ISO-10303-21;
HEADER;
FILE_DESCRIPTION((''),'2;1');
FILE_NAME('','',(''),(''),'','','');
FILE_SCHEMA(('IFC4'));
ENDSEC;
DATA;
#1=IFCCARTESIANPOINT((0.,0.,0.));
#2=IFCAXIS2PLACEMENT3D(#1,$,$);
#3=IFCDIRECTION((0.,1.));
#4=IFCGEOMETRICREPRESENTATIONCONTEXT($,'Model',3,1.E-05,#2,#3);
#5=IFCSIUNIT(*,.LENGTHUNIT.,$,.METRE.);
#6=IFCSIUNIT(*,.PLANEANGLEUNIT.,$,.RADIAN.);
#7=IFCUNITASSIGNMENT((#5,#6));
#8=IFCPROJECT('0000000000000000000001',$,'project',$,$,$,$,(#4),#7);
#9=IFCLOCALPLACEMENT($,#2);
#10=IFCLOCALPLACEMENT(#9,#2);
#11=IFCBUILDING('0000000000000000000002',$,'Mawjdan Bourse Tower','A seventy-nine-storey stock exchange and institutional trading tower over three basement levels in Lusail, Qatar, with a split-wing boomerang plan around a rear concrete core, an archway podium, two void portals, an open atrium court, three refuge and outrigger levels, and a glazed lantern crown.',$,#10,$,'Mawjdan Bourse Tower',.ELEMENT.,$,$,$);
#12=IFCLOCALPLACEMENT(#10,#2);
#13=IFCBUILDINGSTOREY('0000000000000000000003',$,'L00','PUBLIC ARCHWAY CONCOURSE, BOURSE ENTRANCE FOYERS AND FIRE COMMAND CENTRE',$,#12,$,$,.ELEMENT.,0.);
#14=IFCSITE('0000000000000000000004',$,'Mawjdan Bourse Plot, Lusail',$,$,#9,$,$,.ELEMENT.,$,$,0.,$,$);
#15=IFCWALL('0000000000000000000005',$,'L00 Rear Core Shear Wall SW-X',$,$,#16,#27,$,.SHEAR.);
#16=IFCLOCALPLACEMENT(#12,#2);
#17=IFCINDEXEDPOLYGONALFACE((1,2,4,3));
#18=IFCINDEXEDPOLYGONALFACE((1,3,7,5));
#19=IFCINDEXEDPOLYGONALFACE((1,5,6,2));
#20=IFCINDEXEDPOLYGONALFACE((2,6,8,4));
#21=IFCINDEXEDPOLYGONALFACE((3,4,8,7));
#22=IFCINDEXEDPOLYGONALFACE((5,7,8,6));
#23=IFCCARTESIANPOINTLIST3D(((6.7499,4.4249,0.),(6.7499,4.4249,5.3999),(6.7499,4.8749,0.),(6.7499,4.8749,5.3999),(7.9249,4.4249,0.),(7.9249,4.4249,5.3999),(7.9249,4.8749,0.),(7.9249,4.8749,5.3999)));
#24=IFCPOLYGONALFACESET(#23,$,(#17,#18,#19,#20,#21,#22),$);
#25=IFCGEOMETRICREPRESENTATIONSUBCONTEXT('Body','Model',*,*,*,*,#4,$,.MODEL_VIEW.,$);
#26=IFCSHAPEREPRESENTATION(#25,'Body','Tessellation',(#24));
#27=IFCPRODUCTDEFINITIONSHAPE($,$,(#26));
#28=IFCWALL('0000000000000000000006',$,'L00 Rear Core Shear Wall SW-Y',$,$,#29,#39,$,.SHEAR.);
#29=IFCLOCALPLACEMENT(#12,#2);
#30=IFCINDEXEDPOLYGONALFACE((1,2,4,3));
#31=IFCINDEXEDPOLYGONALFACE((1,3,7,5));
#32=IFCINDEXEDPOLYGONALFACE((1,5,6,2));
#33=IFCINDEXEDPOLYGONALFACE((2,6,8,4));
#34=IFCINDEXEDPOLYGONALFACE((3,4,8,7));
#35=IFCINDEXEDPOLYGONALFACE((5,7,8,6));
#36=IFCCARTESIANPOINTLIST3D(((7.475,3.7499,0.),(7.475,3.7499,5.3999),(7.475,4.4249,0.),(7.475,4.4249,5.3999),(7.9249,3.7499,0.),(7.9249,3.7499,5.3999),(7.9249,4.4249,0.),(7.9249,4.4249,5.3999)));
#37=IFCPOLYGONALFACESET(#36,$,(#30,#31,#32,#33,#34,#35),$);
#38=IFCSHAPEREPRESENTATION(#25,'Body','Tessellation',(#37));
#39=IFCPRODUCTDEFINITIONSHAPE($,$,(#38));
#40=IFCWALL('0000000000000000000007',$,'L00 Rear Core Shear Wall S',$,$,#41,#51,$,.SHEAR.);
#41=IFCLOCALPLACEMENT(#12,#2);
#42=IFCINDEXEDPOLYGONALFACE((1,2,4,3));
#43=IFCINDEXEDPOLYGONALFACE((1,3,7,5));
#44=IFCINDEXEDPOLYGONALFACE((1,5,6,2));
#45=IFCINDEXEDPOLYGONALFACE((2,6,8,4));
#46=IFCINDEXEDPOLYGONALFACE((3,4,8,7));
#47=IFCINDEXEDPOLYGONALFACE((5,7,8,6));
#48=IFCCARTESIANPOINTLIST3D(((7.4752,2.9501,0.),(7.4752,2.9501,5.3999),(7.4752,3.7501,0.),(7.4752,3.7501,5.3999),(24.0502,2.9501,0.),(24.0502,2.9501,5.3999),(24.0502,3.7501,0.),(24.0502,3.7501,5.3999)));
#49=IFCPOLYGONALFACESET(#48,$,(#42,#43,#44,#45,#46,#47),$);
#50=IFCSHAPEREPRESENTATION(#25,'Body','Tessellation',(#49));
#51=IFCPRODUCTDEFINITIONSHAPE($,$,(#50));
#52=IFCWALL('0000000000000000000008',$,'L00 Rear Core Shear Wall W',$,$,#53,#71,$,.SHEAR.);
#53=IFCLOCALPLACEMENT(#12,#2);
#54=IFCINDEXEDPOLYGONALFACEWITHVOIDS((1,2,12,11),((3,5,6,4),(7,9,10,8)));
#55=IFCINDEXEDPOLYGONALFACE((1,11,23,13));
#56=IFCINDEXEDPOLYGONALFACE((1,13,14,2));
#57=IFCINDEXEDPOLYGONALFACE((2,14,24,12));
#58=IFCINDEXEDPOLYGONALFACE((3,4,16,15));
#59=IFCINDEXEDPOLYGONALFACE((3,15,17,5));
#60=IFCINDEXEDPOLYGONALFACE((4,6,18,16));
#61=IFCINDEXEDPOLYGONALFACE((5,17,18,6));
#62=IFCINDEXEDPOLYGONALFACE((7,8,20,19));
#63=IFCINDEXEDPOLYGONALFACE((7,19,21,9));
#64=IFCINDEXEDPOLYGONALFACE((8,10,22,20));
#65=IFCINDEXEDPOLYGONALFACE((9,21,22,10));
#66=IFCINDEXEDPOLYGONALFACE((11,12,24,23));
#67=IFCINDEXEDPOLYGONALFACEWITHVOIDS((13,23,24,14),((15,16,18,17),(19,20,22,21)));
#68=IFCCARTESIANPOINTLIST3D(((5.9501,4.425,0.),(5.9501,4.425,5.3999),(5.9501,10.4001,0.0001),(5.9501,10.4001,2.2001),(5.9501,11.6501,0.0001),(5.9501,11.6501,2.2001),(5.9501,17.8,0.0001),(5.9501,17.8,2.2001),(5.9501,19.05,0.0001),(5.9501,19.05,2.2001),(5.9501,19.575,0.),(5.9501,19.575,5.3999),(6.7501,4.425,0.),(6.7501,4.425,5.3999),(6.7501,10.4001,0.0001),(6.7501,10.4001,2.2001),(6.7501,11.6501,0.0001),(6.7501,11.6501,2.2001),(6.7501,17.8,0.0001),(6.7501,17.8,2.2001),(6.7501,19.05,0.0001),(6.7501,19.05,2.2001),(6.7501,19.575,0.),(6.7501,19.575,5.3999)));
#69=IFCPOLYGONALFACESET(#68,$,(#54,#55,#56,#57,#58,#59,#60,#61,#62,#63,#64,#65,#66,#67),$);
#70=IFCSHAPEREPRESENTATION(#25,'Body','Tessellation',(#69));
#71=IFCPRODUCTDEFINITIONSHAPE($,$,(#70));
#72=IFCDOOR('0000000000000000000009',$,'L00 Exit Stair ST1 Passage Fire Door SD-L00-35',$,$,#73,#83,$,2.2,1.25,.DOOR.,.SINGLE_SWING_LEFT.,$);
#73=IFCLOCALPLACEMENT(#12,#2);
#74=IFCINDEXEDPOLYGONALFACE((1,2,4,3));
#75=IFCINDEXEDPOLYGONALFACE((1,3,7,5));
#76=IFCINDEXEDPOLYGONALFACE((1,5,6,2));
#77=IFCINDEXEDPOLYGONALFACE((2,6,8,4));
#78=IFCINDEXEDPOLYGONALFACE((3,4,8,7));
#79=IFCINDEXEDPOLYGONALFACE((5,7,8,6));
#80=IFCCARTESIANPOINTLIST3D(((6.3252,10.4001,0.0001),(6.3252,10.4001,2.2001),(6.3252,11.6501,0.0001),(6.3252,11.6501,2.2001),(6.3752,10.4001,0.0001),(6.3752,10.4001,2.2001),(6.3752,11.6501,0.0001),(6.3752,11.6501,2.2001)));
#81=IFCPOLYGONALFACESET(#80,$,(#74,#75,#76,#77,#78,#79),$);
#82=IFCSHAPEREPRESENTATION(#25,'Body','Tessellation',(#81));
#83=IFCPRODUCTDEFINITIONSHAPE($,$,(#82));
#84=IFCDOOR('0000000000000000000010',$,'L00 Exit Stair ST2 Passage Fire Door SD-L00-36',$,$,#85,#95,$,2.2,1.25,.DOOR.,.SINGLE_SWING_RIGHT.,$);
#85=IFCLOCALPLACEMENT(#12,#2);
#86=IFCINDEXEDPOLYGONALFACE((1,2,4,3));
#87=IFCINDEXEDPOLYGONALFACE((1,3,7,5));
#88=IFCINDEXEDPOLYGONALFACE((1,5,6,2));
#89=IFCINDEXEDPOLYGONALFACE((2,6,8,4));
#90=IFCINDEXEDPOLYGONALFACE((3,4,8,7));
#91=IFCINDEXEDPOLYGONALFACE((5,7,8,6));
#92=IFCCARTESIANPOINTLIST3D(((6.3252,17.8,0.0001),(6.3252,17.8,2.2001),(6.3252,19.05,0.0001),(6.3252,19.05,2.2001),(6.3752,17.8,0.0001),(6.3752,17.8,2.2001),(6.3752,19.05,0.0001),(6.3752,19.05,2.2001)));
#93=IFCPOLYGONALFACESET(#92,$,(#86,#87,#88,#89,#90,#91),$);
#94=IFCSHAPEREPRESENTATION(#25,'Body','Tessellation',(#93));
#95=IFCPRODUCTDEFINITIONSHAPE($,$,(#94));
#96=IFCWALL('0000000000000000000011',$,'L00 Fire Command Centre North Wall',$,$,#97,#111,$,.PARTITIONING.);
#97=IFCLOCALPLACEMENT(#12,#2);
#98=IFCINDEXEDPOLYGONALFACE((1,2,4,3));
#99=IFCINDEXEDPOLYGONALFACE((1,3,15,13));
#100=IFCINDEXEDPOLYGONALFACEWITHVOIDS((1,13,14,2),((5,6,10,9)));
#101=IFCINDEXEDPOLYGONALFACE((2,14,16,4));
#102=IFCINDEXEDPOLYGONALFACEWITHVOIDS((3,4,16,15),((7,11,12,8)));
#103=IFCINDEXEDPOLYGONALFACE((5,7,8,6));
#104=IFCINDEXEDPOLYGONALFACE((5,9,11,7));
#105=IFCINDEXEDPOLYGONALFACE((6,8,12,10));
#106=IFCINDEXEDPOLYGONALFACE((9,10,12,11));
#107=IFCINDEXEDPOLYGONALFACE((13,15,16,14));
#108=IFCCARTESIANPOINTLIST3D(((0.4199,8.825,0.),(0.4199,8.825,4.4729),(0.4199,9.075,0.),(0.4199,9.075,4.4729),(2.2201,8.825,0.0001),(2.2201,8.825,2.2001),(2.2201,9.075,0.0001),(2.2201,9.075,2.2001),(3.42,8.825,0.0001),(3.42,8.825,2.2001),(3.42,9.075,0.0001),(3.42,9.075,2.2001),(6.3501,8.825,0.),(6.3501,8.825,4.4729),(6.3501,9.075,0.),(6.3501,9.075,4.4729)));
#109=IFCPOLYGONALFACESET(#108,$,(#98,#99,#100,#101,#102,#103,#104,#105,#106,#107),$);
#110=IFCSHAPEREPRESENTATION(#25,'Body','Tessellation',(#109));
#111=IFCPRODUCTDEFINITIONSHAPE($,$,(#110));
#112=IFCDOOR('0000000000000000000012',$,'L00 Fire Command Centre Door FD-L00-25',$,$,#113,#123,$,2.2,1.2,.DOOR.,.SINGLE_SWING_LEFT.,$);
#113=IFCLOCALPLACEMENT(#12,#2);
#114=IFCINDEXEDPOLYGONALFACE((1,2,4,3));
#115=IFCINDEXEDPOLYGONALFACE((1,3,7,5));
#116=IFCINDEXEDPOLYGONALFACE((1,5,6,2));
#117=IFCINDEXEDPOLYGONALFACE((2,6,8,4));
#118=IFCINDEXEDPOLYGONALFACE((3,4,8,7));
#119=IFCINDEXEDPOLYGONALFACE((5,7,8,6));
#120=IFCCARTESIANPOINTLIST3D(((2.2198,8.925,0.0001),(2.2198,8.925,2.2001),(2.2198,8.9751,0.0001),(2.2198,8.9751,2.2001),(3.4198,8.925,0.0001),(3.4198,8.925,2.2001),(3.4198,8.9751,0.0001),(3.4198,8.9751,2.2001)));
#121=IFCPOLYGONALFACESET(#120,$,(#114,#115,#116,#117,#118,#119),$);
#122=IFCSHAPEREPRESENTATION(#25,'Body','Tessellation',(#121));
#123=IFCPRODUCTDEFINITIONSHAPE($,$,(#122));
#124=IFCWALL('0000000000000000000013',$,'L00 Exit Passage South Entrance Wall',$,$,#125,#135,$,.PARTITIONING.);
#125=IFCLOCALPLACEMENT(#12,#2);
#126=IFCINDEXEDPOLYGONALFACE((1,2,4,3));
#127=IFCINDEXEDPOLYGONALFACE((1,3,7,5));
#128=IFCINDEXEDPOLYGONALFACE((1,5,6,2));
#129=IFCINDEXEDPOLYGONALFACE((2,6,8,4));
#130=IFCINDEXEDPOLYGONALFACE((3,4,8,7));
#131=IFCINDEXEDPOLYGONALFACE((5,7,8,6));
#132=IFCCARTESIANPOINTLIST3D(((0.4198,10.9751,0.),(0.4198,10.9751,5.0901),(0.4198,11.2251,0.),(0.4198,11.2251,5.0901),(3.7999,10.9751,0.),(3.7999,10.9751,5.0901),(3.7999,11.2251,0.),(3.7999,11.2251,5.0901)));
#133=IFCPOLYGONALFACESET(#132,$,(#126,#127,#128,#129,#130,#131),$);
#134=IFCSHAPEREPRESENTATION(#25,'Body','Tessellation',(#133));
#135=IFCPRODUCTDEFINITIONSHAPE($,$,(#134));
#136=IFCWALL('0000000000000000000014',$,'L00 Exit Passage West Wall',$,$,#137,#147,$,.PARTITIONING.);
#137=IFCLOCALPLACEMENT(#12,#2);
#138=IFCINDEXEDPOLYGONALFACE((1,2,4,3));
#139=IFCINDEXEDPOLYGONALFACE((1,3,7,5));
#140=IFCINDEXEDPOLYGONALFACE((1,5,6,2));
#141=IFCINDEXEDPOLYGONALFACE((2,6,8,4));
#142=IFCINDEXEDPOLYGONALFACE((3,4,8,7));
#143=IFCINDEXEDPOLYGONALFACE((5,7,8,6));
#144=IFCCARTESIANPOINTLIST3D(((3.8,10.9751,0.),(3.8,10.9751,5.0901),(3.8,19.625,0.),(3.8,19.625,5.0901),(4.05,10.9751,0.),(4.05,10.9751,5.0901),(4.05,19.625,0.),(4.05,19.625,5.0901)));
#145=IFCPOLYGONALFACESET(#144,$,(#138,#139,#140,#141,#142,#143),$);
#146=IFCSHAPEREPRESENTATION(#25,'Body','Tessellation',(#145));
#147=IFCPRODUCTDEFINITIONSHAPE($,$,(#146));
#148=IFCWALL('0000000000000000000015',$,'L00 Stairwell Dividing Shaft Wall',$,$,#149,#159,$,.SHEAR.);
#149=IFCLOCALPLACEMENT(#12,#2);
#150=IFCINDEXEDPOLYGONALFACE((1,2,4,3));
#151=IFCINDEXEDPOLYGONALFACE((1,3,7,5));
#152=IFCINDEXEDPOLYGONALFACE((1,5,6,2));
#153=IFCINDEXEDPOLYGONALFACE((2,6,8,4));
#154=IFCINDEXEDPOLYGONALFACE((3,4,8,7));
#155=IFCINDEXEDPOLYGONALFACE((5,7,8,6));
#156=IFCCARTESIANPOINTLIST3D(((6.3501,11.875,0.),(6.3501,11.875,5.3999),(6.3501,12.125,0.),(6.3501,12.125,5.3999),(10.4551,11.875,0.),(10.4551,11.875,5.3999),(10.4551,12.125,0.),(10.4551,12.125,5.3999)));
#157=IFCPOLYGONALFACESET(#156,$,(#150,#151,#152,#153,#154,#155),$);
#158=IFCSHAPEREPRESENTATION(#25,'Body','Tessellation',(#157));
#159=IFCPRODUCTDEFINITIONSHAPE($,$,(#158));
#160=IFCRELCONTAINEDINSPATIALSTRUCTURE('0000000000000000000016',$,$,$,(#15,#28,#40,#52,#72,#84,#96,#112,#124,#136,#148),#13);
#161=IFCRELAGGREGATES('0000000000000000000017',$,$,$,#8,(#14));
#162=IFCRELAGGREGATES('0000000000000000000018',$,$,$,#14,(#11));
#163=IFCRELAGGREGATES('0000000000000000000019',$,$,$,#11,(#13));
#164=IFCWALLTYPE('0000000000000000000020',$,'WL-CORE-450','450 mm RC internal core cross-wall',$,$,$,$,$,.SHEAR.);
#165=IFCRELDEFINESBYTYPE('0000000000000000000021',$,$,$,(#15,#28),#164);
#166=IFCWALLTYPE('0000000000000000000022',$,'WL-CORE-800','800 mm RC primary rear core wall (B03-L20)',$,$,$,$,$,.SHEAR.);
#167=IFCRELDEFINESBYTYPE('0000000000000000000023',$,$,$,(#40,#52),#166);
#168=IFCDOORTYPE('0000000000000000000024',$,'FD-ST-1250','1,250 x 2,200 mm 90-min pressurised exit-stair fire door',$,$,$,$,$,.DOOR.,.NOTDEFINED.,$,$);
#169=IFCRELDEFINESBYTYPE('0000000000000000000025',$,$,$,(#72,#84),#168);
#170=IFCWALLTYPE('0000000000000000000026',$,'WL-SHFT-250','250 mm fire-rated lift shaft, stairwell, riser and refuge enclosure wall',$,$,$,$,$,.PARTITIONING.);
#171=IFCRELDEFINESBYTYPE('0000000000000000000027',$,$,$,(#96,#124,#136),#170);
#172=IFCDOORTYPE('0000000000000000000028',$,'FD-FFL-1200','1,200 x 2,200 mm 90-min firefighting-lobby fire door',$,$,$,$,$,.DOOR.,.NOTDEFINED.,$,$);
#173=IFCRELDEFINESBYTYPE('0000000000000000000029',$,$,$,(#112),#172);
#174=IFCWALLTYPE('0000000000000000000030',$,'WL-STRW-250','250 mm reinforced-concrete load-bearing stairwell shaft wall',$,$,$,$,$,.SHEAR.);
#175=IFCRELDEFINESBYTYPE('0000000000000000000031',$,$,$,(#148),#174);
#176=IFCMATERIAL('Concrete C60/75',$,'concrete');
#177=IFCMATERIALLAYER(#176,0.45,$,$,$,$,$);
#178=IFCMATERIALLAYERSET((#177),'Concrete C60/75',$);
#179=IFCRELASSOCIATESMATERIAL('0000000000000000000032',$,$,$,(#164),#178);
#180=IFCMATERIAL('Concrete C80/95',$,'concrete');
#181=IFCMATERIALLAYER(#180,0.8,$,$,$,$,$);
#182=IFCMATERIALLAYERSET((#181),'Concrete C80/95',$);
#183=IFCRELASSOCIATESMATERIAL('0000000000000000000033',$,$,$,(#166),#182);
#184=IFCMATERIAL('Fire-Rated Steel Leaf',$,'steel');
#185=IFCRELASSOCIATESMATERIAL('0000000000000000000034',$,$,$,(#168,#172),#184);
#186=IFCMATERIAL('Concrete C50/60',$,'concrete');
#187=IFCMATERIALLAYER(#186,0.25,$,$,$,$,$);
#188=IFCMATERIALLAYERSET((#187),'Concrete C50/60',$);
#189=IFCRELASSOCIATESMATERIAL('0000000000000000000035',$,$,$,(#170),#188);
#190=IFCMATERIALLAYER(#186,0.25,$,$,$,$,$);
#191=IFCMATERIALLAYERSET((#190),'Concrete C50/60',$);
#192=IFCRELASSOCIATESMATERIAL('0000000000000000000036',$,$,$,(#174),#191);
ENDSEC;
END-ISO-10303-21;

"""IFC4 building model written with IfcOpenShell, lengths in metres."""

from ifc_helpers import new_model, si_unit, direction, frame, frame_2d, origin, place, context, subcontext, project, spatial, rectangle, extrude, material, layer, layer_set, type_object, element, fill, save


model = new_model("IFC4")

# Units and contexts
model_context = context("Model", 3, precision=1e-05, world=origin(), true_north=direction((0.0, 1.0)))
body_context = subcontext(model_context, "Body", "Model", "MODEL_VIEW")
ifc_project = project(units=[si_unit("LENGTHUNIT", "METRE"), si_unit("PLANEANGLEUNIT", "RADIAN")], contexts=[model_context])

# Site, building, storey
site_placement = place(None, origin())
site = spatial("IfcSite", under=ifc_project, at=site_placement, Name="Mawjdan Bourse Plot, Lusail", CompositionType="ELEMENT", RefElevation=0.0)
building_placement = place(site_placement, origin())
building = spatial("IfcBuilding", under=site, at=building_placement, Name="Mawjdan Bourse Tower", Description="A seventy-nine-storey stock exchange and institutional trading tower over three basement levels in Lusail, Qatar, with a split-wing boomerang plan around a rear concrete core, an archway podium, two void portals, an open atrium court, three refuge and outrigger levels, and a glazed lantern crown.", LongName="Mawjdan Bourse Tower", CompositionType="ELEMENT")
storey_placement = place(building_placement, origin())
storey = spatial("IfcBuildingStorey", under=building, at=storey_placement, Name="L00", Description="PUBLIC ARCHWAY CONCOURSE, BOURSE ENTRANCE FOYERS AND FIRE COMMAND CENTRE", CompositionType="ELEMENT", Elevation=0.0)

# Shared definitions
ifc_material_1 = material(Name="Concrete C80/95", Category="concrete")

# Walls
ifc_material_2 = material(Name="Concrete C60/75", Category="concrete")
ifc_layer_1 = layer(ifc_material_2, 0.45)
ifc_layer_set_1 = layer_set([ifc_layer_1], Name="Concrete C60/75")
wall_type_1 = type_object("IfcWallType", Name="WL-CORE-450", Description="450 mm RC internal core cross-wall", PredefinedType="SHEAR", material=ifc_layer_set_1)
wall_1_placement = place(storey_placement, frame((6.75, 4.6499, 0.0), z_axis=(0.0, 0.0, 1.0), x_axis=(1.0, 0.0, 0.0)))
element("IfcWall", 1, at=wall_1_placement, inside=storey, type_object=wall_type_1, Name="L00 Rear Core Shear Wall SW-X", PredefinedType="SHEAR", context=body_context, shape_type="SweptSolid", body=[
    extrude(rectangle(XDim=1.175, YDim=0.45, at=frame_2d((0.5874, 0.0))), origin(), (0.0, 0.0, 1.0), 5.3999),
])
wall_2_placement = place(storey_placement, frame((7.7, 3.75, 0.0), z_axis=(0.0, 0.0, 1.0), x_axis=(0.0, 1.0, 0.0)))
element("IfcWall", 2, at=wall_2_placement, inside=storey, type_object=wall_type_1, Name="L00 Rear Core Shear Wall SW-Y", PredefinedType="SHEAR", context=body_context, shape_type="SweptSolid", body=[
    extrude(rectangle(XDim=0.675, YDim=0.45, at=frame_2d((0.3374, 0.0))), origin(), (0.0, 0.0, 1.0), 5.3999),
])
ifc_layer_2 = layer(ifc_material_1, 0.8)
ifc_layer_set_2 = layer_set([ifc_layer_2], Name="Concrete C80/95")
wall_type_2 = type_object("IfcWallType", Name="WL-CORE-800", Description="800 mm RC primary rear core wall (B03-L20)", PredefinedType="SHEAR", material=ifc_layer_set_2)
wall_3_placement = place(storey_placement, frame((7.4751, 3.3501, 0.0), z_axis=(0.0, 0.0, 1.0), x_axis=(1.0, 0.0, 0.0)))
element("IfcWall", 3, at=wall_3_placement, inside=storey, type_object=wall_type_2, Name="L00 Rear Core Shear Wall S", PredefinedType="SHEAR", context=body_context, shape_type="SweptSolid", body=[
    extrude(rectangle(XDim=16.575, YDim=0.8, at=frame_2d((8.2876, 0.0))), origin(), (0.0, 0.0, 1.0), 5.3999),
])

# Wall, openings, doors
wall_4_placement = place(storey_placement, frame((6.3501, 4.425, 0.0), z_axis=(0.0, 0.0, 1.0), x_axis=(0.0, 1.0, 0.0)))
wall_4 = element("IfcWall", 4, at=wall_4_placement, inside=storey, type_object=wall_type_2, Name="L00 Rear Core Shear Wall W", PredefinedType="SHEAR", context=body_context, shape_type="SweptSolid", body=[
    extrude(rectangle(XDim=15.1499, YDim=0.8, at=frame_2d((7.575, 0.0))), origin(), (0.0, 0.0, 1.0), 5.3999),
])
opening_1_placement = place(wall_4_placement, frame((5.9751, 0.0, 0.0)))
opening_1 = element("IfcOpeningElement", 5, at=opening_1_placement, cuts=wall_4, PredefinedType="OPENING", context=body_context, shape_type="SweptSolid", body=[
    extrude(rectangle(XDim=1.25, YDim=2.2, at=frame_2d((0.625, 1.1001))), frame((0.0, 0.4102, 0.0), z_axis=(0.0, -1.0, 0.0), x_axis=(1.0, 0.0, 0.0)), (0.0, 0.0, 1.0), 0.8201),
])
opening_2_placement = place(wall_4_placement, frame((13.375, 0.0, 0.0)))
opening_2 = element("IfcOpeningElement", 6, at=opening_2_placement, cuts=wall_4, PredefinedType="OPENING", context=body_context, shape_type="SweptSolid", body=[
    extrude(rectangle(XDim=1.25, YDim=2.2, at=frame_2d((0.625, 1.1001))), frame((0.0, 0.4102, 0.0), z_axis=(0.0, -1.0, 0.0), x_axis=(1.0, 0.0, 0.0)), (0.0, 0.0, 1.0), 0.8201),
])
ifc_material_3 = material(Name="Fire-Rated Steel Leaf", Category="steel")
door_type_1 = type_object("IfcDoorType", Name="FD-ST-1250", Description="1,250 x 2,200 mm 90-min pressurised exit-stair fire door", OperationType="NOTDEFINED", PredefinedType="DOOR", material=ifc_material_3)
door_1_placement = place(opening_1_placement, origin())
door_1 = element("IfcDoor", 7, at=door_1_placement, inside=storey, type_object=door_type_1, Name="L00 Exit Stair ST1 Passage Fire Door SD-L00-35", OperationType="SINGLE_SWING_LEFT", OverallHeight=2.2, OverallWidth=1.25, PredefinedType="DOOR", context=body_context, shape_type="SweptSolid", body=[
    extrude(rectangle(XDim=1.25, YDim=2.2, at=frame_2d((0.625, 1.1001))), frame((0.0, 0.0249, 0.0), z_axis=(0.0, -1.0, 0.0), x_axis=(1.0, 0.0, 0.0)), (0.0, 0.0, 1.0), 0.05),
])
fill(opening_1, door_1)
door_2_placement = place(opening_2_placement, origin())
door_2 = element("IfcDoor", 8, at=door_2_placement, inside=storey, type_object=door_type_1, Name="L00 Exit Stair ST2 Passage Fire Door SD-L00-36", OperationType="SINGLE_SWING_RIGHT", OverallHeight=2.2, OverallWidth=1.25, PredefinedType="DOOR", context=body_context, shape_type="SweptSolid", body=[
    extrude(rectangle(XDim=1.25, YDim=2.2, at=frame_2d((0.625, 1.1001))), frame((0.0, 0.0249, 0.0), z_axis=(0.0, -1.0, 0.0), x_axis=(1.0, 0.0, 0.0)), (0.0, 0.0, 1.0), 0.05),
])
fill(opening_2, door_2)

# Wall, opening, door
ifc_material_4 = material(Name="Concrete C50/60", Category="concrete")
ifc_layer_3 = layer(ifc_material_4, 0.25)
ifc_layer_set_3 = layer_set([ifc_layer_3], Name="Concrete C50/60")
wall_type_3 = type_object("IfcWallType", Name="WL-SHFT-250", Description="250 mm fire-rated lift shaft, stairwell, riser and refuge enclosure wall", PredefinedType="PARTITIONING", material=ifc_layer_set_3)
wall_5_placement = place(storey_placement, frame((0.4199, 8.95, 0.0), z_axis=(0.0, 0.0, 1.0), x_axis=(1.0, 0.0, 0.0)))
wall_5 = element("IfcWall", 9, at=wall_5_placement, inside=storey, type_object=wall_type_3, Name="L00 Fire Command Centre North Wall", PredefinedType="PARTITIONING", context=body_context, shape_type="SweptSolid", body=[
    extrude(rectangle(XDim=5.9302, YDim=0.25, at=frame_2d((2.9651, 0.0))), origin(), (0.0, 0.0, 1.0), 4.4729),
])
opening_3_placement = place(wall_5_placement, frame((1.8, 0.0, 0.0)))
opening_3 = element("IfcOpeningElement", 10, at=opening_3_placement, cuts=wall_5, PredefinedType="OPENING", context=body_context, shape_type="SweptSolid", body=[
    extrude(rectangle(XDim=1.2, YDim=2.2, at=frame_2d((0.6001, 1.1001))), frame((0.0, 0.135, 0.0), z_axis=(0.0, -1.0, 0.0), x_axis=(1.0, 0.0, 0.0)), (0.0, 0.0, 1.0), 0.27),
])
door_type_2 = type_object("IfcDoorType", Name="FD-FFL-1200", Description="1,200 x 2,200 mm 90-min firefighting-lobby fire door", OperationType="NOTDEFINED", PredefinedType="DOOR", material=ifc_material_3)
door_3_placement = place(opening_3_placement, frame((1.2, 0.0, 0.0), z_axis=(0.0, 0.0, 1.0), x_axis=(-1.0, 0.0, 0.0)))
door_3 = element("IfcDoor", 11, at=door_3_placement, inside=storey, type_object=door_type_2, Name="L00 Fire Command Centre Door FD-L00-25", OperationType="SINGLE_SWING_LEFT", OverallHeight=2.2, OverallWidth=1.2, PredefinedType="DOOR", context=body_context, shape_type="SweptSolid", body=[
    extrude(rectangle(XDim=1.2, YDim=2.2, at=frame_2d((0.6001, 1.1001))), frame((0.0, 0.0249, 0.0), z_axis=(0.0, -1.0, 0.0), x_axis=(1.0, 0.0, 0.0)), (0.0, 0.0, 1.0), 0.05),
])
fill(opening_3, door_3)

# Walls
wall_6_placement = place(storey_placement, frame((0.4199, 11.1001, 0.0), z_axis=(0.0, 0.0, 1.0), x_axis=(1.0, 0.0, 0.0)))
element("IfcWall", 12, at=wall_6_placement, inside=storey, type_object=wall_type_3, Name="L00 Exit Passage South Entrance Wall", PredefinedType="PARTITIONING", context=body_context, shape_type="SweptSolid", body=[
    extrude(rectangle(XDim=3.3801, YDim=0.25, at=frame_2d((1.6899, 0.0))), origin(), (0.0, 0.0, 1.0), 5.0901),
])
wall_7_placement = place(storey_placement, frame((3.925, 10.9751, 0.0), z_axis=(0.0, 0.0, 1.0), x_axis=(0.0, 1.0, 0.0)))
element("IfcWall", 13, at=wall_7_placement, inside=storey, type_object=wall_type_3, Name="L00 Exit Passage West Wall", PredefinedType="PARTITIONING", context=body_context, shape_type="SweptSolid", body=[
    extrude(rectangle(XDim=8.6499, YDim=0.25, at=frame_2d((4.325, 0.0))), origin(), (0.0, 0.0, 1.0), 5.0901),
])
ifc_layer_4 = layer(ifc_material_4, 0.25)
ifc_layer_set_4 = layer_set([ifc_layer_4], Name="Concrete C50/60")
wall_type_4 = type_object("IfcWallType", Name="WL-STRW-250", Description="250 mm reinforced-concrete load-bearing stairwell shaft wall", PredefinedType="SHEAR", material=ifc_layer_set_4)
wall_8_placement = place(storey_placement, frame((6.3501, 12.0, 0.0), z_axis=(0.0, 0.0, 1.0), x_axis=(1.0, 0.0, 0.0)))
element("IfcWall", 14, at=wall_8_placement, inside=storey, type_object=wall_type_4, Name="L00 Stairwell Dividing Shaft Wall", PredefinedType="SHEAR", context=body_context, shape_type="SweptSolid", body=[
    extrude(rectangle(XDim=4.105, YDim=0.25, at=frame_2d((2.0525, 0.0))), origin(), (0.0, 0.0, 1.0), 5.3999),
])

save(model, "model.ifc")
